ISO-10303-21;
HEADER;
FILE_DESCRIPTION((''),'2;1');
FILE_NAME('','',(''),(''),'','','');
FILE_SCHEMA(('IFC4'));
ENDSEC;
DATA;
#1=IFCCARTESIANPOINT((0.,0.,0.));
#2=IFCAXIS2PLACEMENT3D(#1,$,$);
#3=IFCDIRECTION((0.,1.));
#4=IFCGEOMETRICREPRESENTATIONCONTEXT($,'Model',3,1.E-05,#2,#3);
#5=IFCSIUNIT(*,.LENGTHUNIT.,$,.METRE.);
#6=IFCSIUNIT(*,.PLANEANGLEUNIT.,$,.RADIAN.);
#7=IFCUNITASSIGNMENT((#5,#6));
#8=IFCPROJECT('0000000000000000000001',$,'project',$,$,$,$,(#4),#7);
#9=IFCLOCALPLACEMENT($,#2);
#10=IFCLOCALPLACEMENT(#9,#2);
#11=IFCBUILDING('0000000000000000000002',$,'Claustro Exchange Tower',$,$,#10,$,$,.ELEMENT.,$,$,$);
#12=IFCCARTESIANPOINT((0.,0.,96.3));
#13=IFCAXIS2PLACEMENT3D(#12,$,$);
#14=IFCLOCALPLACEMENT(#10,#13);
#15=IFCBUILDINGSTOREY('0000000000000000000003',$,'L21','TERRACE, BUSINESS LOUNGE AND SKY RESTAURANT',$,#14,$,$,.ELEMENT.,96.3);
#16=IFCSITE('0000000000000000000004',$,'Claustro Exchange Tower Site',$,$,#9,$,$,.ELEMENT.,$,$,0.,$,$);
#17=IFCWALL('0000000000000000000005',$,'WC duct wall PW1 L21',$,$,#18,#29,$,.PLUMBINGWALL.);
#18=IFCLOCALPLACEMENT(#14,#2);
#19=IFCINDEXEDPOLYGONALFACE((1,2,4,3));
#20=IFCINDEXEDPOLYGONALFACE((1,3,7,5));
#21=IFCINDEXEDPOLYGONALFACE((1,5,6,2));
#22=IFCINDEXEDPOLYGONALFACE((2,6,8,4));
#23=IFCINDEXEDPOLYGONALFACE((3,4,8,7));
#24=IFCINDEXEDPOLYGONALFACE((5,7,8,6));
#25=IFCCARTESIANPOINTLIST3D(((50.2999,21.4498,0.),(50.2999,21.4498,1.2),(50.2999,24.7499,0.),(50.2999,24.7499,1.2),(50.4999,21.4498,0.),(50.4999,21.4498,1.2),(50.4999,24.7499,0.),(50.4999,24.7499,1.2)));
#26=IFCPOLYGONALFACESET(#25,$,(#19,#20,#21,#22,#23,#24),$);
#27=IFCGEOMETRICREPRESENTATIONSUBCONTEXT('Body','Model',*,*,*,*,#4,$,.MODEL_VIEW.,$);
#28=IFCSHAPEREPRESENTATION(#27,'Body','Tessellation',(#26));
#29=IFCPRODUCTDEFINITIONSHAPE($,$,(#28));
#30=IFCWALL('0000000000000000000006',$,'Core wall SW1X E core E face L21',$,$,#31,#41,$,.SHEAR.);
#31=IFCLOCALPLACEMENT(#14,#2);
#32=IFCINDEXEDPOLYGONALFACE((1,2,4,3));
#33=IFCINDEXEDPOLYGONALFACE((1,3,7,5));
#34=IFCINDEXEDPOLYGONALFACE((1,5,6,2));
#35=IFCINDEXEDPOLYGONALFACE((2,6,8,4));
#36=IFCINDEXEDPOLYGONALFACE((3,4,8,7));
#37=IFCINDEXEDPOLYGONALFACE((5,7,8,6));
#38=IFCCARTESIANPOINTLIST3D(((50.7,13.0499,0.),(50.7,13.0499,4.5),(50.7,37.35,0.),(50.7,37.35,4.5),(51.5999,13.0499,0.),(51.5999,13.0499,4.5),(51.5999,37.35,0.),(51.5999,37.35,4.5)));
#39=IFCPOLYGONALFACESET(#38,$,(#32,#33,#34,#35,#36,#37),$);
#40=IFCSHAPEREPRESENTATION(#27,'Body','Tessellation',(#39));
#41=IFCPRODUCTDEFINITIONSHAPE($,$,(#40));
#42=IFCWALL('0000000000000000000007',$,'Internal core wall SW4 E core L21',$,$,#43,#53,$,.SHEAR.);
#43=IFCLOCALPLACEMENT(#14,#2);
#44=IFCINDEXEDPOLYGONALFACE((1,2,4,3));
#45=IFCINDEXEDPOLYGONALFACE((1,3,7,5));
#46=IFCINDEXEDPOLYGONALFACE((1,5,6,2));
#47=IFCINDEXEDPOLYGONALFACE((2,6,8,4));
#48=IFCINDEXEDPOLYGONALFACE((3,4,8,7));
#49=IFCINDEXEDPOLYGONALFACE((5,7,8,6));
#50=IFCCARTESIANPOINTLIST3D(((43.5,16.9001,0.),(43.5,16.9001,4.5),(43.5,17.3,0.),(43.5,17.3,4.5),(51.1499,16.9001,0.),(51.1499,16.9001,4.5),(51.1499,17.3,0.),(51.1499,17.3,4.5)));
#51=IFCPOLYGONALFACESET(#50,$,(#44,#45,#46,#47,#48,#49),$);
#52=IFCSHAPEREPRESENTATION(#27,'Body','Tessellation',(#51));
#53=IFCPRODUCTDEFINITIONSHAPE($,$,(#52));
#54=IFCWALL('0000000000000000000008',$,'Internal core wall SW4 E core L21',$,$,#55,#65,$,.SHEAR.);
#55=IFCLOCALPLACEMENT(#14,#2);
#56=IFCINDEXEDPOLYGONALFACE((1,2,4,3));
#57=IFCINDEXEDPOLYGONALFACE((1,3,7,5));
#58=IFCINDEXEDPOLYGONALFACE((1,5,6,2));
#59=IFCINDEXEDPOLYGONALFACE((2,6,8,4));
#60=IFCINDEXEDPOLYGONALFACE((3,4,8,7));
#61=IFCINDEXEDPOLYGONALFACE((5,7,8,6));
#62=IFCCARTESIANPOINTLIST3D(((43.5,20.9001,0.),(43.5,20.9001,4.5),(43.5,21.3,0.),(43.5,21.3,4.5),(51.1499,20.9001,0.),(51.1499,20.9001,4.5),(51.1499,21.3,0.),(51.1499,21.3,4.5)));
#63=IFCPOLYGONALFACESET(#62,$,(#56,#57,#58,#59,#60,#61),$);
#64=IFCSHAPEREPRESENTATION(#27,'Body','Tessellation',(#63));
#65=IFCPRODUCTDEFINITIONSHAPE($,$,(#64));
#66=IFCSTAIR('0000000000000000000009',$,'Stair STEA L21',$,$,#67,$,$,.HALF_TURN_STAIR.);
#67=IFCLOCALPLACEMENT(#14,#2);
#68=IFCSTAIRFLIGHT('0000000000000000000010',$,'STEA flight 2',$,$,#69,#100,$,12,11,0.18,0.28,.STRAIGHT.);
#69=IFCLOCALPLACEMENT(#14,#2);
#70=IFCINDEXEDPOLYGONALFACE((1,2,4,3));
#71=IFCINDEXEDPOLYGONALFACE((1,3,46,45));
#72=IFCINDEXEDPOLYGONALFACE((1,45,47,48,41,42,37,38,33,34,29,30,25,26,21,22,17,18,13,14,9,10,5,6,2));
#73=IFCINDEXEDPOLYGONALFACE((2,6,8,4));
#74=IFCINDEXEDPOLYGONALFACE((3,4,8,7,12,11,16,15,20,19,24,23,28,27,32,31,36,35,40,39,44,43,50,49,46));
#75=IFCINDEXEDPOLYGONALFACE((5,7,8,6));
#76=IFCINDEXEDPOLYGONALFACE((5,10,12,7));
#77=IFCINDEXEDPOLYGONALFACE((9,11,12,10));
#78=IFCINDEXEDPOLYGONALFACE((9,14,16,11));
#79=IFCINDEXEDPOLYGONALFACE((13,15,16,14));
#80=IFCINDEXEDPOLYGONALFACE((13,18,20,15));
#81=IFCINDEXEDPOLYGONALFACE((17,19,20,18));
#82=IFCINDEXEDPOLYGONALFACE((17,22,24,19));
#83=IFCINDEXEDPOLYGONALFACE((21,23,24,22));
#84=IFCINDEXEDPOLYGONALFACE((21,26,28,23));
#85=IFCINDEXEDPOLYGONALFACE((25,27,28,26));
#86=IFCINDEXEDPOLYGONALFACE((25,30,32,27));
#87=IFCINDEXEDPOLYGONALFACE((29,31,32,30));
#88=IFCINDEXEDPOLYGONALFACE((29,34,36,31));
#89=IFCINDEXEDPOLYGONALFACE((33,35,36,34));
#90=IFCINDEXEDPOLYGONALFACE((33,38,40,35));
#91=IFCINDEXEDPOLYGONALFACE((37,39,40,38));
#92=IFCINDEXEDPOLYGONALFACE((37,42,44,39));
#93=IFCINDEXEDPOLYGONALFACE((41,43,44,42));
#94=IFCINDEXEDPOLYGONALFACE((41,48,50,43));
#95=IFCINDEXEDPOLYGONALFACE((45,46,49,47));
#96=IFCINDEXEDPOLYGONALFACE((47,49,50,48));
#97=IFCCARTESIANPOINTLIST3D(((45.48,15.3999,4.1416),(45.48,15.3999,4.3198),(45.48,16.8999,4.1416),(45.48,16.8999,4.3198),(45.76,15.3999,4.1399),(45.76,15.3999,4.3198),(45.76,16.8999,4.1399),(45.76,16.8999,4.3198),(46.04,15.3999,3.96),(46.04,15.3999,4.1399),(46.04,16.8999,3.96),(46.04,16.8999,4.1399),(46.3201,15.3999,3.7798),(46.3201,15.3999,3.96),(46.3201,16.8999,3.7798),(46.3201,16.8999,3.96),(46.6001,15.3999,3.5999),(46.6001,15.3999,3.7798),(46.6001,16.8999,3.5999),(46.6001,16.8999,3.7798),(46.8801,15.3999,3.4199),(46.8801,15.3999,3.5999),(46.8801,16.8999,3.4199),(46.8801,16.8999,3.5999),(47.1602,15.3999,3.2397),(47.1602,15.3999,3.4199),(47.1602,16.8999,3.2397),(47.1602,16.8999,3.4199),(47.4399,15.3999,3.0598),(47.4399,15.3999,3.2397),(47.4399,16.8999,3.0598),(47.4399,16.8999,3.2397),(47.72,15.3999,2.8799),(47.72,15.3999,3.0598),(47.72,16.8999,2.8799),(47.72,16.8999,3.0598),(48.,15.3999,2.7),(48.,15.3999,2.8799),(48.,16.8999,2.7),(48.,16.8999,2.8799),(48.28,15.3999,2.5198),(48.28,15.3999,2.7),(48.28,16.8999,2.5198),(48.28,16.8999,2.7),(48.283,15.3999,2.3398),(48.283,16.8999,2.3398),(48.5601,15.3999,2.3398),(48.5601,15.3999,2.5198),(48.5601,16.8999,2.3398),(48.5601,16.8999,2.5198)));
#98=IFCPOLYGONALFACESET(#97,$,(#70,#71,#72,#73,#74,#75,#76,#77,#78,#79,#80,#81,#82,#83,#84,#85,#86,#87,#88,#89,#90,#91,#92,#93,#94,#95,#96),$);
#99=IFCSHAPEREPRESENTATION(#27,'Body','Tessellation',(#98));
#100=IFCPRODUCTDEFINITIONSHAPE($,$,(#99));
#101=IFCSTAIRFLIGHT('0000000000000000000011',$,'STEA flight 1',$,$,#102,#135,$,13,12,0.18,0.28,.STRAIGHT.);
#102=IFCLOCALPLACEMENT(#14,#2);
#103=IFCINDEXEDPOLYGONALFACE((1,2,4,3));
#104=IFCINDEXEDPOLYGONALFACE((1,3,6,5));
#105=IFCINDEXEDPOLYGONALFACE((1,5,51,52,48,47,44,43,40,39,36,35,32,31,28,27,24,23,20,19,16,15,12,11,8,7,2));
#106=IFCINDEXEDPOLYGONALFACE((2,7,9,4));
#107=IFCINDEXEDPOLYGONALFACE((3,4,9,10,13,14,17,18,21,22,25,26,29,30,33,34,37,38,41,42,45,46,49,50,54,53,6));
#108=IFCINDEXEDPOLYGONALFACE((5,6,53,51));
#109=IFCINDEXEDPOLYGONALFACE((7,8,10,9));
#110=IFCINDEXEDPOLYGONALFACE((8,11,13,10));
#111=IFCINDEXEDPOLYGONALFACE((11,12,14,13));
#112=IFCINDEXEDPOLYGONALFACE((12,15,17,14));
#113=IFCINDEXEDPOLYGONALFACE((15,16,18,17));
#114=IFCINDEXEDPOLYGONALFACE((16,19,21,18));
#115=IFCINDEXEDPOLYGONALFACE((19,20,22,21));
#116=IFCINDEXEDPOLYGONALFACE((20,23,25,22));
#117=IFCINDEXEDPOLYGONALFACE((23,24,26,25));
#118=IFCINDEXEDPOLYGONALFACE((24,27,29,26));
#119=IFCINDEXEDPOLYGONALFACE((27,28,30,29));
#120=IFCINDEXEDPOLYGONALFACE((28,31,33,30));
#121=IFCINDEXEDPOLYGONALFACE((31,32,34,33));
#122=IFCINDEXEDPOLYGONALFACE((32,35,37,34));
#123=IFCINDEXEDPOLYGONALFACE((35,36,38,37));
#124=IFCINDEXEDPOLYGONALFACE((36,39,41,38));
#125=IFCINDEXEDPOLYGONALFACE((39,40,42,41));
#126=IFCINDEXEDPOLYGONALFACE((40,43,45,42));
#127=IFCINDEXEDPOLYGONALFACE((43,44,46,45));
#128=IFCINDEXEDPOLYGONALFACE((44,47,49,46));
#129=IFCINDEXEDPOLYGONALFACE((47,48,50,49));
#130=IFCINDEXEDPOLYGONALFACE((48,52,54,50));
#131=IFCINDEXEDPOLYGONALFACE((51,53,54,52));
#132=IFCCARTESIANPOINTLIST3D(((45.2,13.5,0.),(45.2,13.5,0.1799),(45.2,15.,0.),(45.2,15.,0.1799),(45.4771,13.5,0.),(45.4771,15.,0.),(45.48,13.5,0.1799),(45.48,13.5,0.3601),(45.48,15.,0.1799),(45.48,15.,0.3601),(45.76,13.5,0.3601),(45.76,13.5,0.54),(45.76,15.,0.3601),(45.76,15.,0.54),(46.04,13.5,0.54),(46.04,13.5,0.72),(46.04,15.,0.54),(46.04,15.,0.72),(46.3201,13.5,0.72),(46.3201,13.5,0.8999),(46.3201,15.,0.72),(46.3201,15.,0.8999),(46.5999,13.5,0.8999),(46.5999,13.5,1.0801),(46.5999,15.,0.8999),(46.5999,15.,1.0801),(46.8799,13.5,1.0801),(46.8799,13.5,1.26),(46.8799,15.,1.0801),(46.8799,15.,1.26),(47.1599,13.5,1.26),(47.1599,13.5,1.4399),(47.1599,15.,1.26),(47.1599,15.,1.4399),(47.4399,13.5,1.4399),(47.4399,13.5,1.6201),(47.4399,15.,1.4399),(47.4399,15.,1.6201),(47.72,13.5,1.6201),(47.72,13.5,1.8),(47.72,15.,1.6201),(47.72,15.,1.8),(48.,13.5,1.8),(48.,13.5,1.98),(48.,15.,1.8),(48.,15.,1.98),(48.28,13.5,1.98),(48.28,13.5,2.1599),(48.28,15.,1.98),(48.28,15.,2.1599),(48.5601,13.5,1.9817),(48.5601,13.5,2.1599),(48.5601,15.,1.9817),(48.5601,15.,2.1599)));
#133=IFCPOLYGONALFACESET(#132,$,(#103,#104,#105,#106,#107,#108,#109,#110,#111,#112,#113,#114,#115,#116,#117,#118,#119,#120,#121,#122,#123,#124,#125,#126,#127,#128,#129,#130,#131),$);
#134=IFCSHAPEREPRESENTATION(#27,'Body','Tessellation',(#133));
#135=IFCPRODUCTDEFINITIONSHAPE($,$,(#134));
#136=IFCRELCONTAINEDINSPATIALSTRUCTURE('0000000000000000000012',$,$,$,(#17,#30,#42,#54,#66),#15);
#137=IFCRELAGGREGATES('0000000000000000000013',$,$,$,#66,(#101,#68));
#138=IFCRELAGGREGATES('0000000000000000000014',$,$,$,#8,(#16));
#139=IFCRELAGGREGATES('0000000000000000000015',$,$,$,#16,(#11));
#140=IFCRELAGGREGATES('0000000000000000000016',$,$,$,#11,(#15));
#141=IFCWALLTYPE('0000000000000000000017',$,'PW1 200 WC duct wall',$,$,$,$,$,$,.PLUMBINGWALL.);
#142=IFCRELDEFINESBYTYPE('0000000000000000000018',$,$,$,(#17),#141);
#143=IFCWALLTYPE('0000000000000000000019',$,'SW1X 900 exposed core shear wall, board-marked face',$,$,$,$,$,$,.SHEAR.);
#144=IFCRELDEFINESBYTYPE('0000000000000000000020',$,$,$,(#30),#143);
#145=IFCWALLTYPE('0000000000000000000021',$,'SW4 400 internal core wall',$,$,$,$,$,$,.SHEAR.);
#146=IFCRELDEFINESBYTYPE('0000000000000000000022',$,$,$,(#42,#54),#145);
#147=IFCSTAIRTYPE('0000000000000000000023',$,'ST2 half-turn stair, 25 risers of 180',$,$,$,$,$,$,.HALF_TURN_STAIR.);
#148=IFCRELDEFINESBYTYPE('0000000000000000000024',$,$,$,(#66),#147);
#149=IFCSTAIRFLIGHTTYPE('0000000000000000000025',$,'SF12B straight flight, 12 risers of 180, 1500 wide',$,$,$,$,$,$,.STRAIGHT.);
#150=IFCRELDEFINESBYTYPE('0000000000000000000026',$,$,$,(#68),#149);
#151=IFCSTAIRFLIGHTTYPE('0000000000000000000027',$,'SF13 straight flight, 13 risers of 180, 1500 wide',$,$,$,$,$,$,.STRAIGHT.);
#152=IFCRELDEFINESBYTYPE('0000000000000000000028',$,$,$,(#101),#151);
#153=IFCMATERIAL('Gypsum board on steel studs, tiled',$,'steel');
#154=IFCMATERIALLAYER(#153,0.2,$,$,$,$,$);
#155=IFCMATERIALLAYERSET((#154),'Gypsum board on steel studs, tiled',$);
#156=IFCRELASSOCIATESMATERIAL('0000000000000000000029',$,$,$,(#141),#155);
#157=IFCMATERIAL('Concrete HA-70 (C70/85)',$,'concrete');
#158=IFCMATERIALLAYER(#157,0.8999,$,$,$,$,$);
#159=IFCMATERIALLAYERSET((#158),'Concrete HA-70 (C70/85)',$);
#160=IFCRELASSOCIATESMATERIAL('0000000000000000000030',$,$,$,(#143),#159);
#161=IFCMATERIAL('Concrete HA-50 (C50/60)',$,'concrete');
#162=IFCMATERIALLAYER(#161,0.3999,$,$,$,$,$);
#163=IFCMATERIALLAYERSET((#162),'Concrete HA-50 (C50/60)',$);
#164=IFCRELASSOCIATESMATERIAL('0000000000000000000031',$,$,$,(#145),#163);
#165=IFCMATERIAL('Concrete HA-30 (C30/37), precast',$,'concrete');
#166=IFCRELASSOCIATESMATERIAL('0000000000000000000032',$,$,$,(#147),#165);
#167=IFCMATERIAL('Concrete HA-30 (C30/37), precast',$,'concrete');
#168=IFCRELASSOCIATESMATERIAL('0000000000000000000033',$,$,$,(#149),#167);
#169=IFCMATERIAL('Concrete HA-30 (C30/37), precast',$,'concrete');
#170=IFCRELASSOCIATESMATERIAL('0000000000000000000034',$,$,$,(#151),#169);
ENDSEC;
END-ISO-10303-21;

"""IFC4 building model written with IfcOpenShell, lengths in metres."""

from ifc_helpers import new_model, si_unit, direction, frame, frame_2d, origin, place, context, subcontext, project, spatial, polyline, rectangle, outline, extrude, material, layer, layer_set, type_object, element, aggregate, save


model = new_model("IFC4")

# Units and contexts
model_context = context("Model", 3, precision=1e-05, world=origin(), true_north=direction((0.0, 1.0)))
body_context = subcontext(model_context, "Body", "Model", "MODEL_VIEW")
ifc_project = project(units=[si_unit("LENGTHUNIT", "METRE"), si_unit("PLANEANGLEUNIT", "RADIAN")], contexts=[model_context])

# Site, building, storey
site_placement = place(None, origin())
site = spatial("IfcSite", under=ifc_project, at=site_placement, Name="Claustro Exchange Tower Site", CompositionType="ELEMENT", RefElevation=0.0)
building_placement = place(site_placement, origin())
building = spatial("IfcBuilding", under=site, at=building_placement, Name="Claustro Exchange Tower", CompositionType="ELEMENT")
storey_placement = place(building_placement, frame((0.0, 0.0, 96.3)))
storey = spatial("IfcBuildingStorey", under=building, at=storey_placement, Name="L21", Description="TERRACE, BUSINESS LOUNGE AND SKY RESTAURANT", CompositionType="ELEMENT", Elevation=96.3)

# Walls
ifc_material_1 = material(Name="Gypsum board on steel studs, tiled", Category="steel")
ifc_layer_1 = layer(ifc_material_1, 0.2)
ifc_layer_set_1 = layer_set([ifc_layer_1], Name="Gypsum board on steel studs, tiled")
wall_type_1 = type_object("IfcWallType", Name="PW1 200 WC duct wall", PredefinedType="PLUMBINGWALL", material=ifc_layer_set_1)
for number, where, z_axis, x_axis, name in (
    (1, (50.3999, 21.45, 0.0), (0.0, 0.0, 1.0), (0.0, 1.0, 0.0), "WC duct wall PW1 L21"),
):
    element("IfcWall", number, at=place(storey_placement, frame(where, z_axis=z_axis, x_axis=x_axis)), inside=storey, type_object=wall_type_1, Name=name, PredefinedType="PLUMBINGWALL", context=body_context, shape_type="SweptSolid", body=[
        extrude(rectangle(XDim=3.3, YDim=0.2, at=frame_2d((1.6499, 0.0))), origin(), (0.0, 0.0, 1.0), 1.2),
    ])
ifc_material_2 = material(Name="Concrete HA-70 (C70/85)", Category="concrete")
ifc_layer_2 = layer(ifc_material_2, 0.8999)
ifc_layer_set_2 = layer_set([ifc_layer_2], Name="Concrete HA-70 (C70/85)")
wall_type_2 = type_object("IfcWallType", Name="SW1X 900 exposed core shear wall, board-marked face", PredefinedType="SHEAR", material=ifc_layer_set_2)
wall_1_placement = place(storey_placement, frame((51.1499, 13.05, 0.0), z_axis=(0.0, 0.0, 1.0), x_axis=(0.0, 1.0, 0.0)))
element("IfcWall", 2, at=wall_1_placement, inside=storey, type_object=wall_type_2, Name="Core wall SW1X E core E face L21", PredefinedType="SHEAR", context=body_context, shape_type="SweptSolid", body=[
    extrude(rectangle(XDim=24.3, YDim=0.8999, at=frame_2d((12.1499, 0.0))), origin(), (0.0, 0.0, 1.0), 4.5),
])
ifc_material_3 = material(Name="Concrete HA-50 (C50/60)", Category="concrete")
ifc_layer_3 = layer(ifc_material_3, 0.3999)
ifc_layer_set_3 = layer_set([ifc_layer_3], Name="Concrete HA-50 (C50/60)")
wall_type_3 = type_object("IfcWallType", Name="SW4 400 internal core wall", PredefinedType="SHEAR", material=ifc_layer_set_3)
for number, where, z_axis, x_axis, name in (
    (3, (51.1499, 17.1001, 0.0), (0.0, 0.0, 1.0), (-1.0, 0.0, 0.0), "Internal core wall SW4 E core L21"),
    (4, (51.1499, 21.1001, 0.0), (0.0, 0.0, 1.0), (-1.0, 0.0, 0.0), "Internal core wall SW4 E core L21"),
):
    element("IfcWall", number, at=place(storey_placement, frame(where, z_axis=z_axis, x_axis=x_axis)), inside=storey, type_object=wall_type_3, Name=name, PredefinedType="SHEAR", context=body_context, shape_type="SweptSolid", body=[
        extrude(rectangle(XDim=7.6499, YDim=0.3999, at=frame_2d((3.825, 0.0))), origin(), (0.0, 0.0, 1.0), 4.5),
    ])

# Stair, stair flights
ifc_material_4 = material(Name="Concrete HA-30 (C30/37), precast", Category="concrete")
stair_type = type_object("IfcStairType", Name="ST2 half-turn stair, 25 risers of 180", PredefinedType="HALF_TURN_STAIR", material=ifc_material_4)
stair_placement = place(storey_placement, origin())
stair = element("IfcStair", 5, at=stair_placement, inside=storey, type_object=stair_type, Name="Stair STEA L21", PredefinedType="HALF_TURN_STAIR")
ifc_material_5 = material(Name="Concrete HA-30 (C30/37), precast", Category="concrete")
stair_flight_type_1 = type_object("IfcStairFlightType", Name="SF12B straight flight, 12 risers of 180, 1500 wide", PredefinedType="STRAIGHT", material=ifc_material_5)
stair_flight_1_placement = place(storey_placement, frame((48.5601, 16.1499, 2.3398), z_axis=(0.0, 0.0, 1.0), x_axis=(-1.0, 0.0, 0.0)))
stair_flight_1 = element("IfcStairFlight", 6, at=stair_flight_1_placement, type_object=stair_flight_type_1, Name="STEA flight 2", NumberOfRisers=12, NumberOfTreads=11, PredefinedType="STRAIGHT", RiserHeight=0.18, TreadLength=0.28, context=body_context, shape_type="SweptSolid", body=[
    extrude(outline(polyline([(0.0, 0.0), (0.0, 0.1799), (0.28, 0.1799), (0.28, 0.3601), (0.5601, 0.3601), (0.5601, 0.54), (0.8401, 0.54), (0.8401, 0.72), (1.1201, 0.72), (1.1201, 0.8999), (1.3999, 0.8999), (1.3999, 1.0801), (1.6799, 1.0801), (1.6799, 1.26), (1.96, 1.26), (1.96, 1.4399), (2.24, 1.4399), (2.24, 1.6201), (2.52, 1.6201), (2.52, 1.8), (2.8, 1.8), (2.8, 1.98), (3.0801, 1.98), (3.0801, 2.1599), (3.0801, 1.8018), (0.2771, 0.0), (0.0, 0.0)])), frame((0.0, 0.75, 0.0), z_axis=(0.0, -1.0, 0.0), x_axis=(1.0, 0.0, 0.0)), (0.0, 0.0, 1.0), 1.5),
])
ifc_material_6 = material(Name="Concrete HA-30 (C30/37), precast", Category="concrete")
stair_flight_type_2 = type_object("IfcStairFlightType", Name="SF13 straight flight, 13 risers of 180, 1500 wide", PredefinedType="STRAIGHT", material=ifc_material_6)
stair_flight_2_placement = place(storey_placement, frame((45.2, 14.25, 0.0), z_axis=(0.0, 0.0, 1.0), x_axis=(1.0, 0.0, 0.0)))
stair_flight_2 = element("IfcStairFlight", 7, at=stair_flight_2_placement, type_object=stair_flight_type_2, Name="STEA flight 1", NumberOfRisers=13, NumberOfTreads=12, PredefinedType="STRAIGHT", RiserHeight=0.18, TreadLength=0.28, context=body_context, shape_type="SweptSolid", body=[
    extrude(outline(polyline([(0.0, 0.0), (0.0, 0.1799), (0.28, 0.1799), (0.28, 0.3601), (0.5601, 0.3601), (0.5601, 0.54), (0.8401, 0.54), (0.8401, 0.72), (1.1201, 0.72), (1.1201, 0.8999), (1.3999, 0.8999), (1.3999, 1.0801), (1.6799, 1.0801), (1.6799, 1.26), (1.96, 1.26), (1.96, 1.4399), (2.24, 1.4399), (2.24, 1.6201), (2.52, 1.6201), (2.52, 1.8), (2.8, 1.8), (2.8, 1.98), (3.0801, 1.98), (3.0801, 2.1599), (3.3601, 2.1599), (3.3601, 2.3401), (3.3601, 1.9817), (0.2771, 0.0), (0.0, 0.0)])), frame((0.0, 0.75, 0.0), z_axis=(0.0, -1.0, 0.0), x_axis=(1.0, 0.0, 0.0)), (0.0, 0.0, 1.0), 1.5),
])
aggregate(stair, [stair_flight_2, stair_flight_1])

save(model, "model.ifc")
